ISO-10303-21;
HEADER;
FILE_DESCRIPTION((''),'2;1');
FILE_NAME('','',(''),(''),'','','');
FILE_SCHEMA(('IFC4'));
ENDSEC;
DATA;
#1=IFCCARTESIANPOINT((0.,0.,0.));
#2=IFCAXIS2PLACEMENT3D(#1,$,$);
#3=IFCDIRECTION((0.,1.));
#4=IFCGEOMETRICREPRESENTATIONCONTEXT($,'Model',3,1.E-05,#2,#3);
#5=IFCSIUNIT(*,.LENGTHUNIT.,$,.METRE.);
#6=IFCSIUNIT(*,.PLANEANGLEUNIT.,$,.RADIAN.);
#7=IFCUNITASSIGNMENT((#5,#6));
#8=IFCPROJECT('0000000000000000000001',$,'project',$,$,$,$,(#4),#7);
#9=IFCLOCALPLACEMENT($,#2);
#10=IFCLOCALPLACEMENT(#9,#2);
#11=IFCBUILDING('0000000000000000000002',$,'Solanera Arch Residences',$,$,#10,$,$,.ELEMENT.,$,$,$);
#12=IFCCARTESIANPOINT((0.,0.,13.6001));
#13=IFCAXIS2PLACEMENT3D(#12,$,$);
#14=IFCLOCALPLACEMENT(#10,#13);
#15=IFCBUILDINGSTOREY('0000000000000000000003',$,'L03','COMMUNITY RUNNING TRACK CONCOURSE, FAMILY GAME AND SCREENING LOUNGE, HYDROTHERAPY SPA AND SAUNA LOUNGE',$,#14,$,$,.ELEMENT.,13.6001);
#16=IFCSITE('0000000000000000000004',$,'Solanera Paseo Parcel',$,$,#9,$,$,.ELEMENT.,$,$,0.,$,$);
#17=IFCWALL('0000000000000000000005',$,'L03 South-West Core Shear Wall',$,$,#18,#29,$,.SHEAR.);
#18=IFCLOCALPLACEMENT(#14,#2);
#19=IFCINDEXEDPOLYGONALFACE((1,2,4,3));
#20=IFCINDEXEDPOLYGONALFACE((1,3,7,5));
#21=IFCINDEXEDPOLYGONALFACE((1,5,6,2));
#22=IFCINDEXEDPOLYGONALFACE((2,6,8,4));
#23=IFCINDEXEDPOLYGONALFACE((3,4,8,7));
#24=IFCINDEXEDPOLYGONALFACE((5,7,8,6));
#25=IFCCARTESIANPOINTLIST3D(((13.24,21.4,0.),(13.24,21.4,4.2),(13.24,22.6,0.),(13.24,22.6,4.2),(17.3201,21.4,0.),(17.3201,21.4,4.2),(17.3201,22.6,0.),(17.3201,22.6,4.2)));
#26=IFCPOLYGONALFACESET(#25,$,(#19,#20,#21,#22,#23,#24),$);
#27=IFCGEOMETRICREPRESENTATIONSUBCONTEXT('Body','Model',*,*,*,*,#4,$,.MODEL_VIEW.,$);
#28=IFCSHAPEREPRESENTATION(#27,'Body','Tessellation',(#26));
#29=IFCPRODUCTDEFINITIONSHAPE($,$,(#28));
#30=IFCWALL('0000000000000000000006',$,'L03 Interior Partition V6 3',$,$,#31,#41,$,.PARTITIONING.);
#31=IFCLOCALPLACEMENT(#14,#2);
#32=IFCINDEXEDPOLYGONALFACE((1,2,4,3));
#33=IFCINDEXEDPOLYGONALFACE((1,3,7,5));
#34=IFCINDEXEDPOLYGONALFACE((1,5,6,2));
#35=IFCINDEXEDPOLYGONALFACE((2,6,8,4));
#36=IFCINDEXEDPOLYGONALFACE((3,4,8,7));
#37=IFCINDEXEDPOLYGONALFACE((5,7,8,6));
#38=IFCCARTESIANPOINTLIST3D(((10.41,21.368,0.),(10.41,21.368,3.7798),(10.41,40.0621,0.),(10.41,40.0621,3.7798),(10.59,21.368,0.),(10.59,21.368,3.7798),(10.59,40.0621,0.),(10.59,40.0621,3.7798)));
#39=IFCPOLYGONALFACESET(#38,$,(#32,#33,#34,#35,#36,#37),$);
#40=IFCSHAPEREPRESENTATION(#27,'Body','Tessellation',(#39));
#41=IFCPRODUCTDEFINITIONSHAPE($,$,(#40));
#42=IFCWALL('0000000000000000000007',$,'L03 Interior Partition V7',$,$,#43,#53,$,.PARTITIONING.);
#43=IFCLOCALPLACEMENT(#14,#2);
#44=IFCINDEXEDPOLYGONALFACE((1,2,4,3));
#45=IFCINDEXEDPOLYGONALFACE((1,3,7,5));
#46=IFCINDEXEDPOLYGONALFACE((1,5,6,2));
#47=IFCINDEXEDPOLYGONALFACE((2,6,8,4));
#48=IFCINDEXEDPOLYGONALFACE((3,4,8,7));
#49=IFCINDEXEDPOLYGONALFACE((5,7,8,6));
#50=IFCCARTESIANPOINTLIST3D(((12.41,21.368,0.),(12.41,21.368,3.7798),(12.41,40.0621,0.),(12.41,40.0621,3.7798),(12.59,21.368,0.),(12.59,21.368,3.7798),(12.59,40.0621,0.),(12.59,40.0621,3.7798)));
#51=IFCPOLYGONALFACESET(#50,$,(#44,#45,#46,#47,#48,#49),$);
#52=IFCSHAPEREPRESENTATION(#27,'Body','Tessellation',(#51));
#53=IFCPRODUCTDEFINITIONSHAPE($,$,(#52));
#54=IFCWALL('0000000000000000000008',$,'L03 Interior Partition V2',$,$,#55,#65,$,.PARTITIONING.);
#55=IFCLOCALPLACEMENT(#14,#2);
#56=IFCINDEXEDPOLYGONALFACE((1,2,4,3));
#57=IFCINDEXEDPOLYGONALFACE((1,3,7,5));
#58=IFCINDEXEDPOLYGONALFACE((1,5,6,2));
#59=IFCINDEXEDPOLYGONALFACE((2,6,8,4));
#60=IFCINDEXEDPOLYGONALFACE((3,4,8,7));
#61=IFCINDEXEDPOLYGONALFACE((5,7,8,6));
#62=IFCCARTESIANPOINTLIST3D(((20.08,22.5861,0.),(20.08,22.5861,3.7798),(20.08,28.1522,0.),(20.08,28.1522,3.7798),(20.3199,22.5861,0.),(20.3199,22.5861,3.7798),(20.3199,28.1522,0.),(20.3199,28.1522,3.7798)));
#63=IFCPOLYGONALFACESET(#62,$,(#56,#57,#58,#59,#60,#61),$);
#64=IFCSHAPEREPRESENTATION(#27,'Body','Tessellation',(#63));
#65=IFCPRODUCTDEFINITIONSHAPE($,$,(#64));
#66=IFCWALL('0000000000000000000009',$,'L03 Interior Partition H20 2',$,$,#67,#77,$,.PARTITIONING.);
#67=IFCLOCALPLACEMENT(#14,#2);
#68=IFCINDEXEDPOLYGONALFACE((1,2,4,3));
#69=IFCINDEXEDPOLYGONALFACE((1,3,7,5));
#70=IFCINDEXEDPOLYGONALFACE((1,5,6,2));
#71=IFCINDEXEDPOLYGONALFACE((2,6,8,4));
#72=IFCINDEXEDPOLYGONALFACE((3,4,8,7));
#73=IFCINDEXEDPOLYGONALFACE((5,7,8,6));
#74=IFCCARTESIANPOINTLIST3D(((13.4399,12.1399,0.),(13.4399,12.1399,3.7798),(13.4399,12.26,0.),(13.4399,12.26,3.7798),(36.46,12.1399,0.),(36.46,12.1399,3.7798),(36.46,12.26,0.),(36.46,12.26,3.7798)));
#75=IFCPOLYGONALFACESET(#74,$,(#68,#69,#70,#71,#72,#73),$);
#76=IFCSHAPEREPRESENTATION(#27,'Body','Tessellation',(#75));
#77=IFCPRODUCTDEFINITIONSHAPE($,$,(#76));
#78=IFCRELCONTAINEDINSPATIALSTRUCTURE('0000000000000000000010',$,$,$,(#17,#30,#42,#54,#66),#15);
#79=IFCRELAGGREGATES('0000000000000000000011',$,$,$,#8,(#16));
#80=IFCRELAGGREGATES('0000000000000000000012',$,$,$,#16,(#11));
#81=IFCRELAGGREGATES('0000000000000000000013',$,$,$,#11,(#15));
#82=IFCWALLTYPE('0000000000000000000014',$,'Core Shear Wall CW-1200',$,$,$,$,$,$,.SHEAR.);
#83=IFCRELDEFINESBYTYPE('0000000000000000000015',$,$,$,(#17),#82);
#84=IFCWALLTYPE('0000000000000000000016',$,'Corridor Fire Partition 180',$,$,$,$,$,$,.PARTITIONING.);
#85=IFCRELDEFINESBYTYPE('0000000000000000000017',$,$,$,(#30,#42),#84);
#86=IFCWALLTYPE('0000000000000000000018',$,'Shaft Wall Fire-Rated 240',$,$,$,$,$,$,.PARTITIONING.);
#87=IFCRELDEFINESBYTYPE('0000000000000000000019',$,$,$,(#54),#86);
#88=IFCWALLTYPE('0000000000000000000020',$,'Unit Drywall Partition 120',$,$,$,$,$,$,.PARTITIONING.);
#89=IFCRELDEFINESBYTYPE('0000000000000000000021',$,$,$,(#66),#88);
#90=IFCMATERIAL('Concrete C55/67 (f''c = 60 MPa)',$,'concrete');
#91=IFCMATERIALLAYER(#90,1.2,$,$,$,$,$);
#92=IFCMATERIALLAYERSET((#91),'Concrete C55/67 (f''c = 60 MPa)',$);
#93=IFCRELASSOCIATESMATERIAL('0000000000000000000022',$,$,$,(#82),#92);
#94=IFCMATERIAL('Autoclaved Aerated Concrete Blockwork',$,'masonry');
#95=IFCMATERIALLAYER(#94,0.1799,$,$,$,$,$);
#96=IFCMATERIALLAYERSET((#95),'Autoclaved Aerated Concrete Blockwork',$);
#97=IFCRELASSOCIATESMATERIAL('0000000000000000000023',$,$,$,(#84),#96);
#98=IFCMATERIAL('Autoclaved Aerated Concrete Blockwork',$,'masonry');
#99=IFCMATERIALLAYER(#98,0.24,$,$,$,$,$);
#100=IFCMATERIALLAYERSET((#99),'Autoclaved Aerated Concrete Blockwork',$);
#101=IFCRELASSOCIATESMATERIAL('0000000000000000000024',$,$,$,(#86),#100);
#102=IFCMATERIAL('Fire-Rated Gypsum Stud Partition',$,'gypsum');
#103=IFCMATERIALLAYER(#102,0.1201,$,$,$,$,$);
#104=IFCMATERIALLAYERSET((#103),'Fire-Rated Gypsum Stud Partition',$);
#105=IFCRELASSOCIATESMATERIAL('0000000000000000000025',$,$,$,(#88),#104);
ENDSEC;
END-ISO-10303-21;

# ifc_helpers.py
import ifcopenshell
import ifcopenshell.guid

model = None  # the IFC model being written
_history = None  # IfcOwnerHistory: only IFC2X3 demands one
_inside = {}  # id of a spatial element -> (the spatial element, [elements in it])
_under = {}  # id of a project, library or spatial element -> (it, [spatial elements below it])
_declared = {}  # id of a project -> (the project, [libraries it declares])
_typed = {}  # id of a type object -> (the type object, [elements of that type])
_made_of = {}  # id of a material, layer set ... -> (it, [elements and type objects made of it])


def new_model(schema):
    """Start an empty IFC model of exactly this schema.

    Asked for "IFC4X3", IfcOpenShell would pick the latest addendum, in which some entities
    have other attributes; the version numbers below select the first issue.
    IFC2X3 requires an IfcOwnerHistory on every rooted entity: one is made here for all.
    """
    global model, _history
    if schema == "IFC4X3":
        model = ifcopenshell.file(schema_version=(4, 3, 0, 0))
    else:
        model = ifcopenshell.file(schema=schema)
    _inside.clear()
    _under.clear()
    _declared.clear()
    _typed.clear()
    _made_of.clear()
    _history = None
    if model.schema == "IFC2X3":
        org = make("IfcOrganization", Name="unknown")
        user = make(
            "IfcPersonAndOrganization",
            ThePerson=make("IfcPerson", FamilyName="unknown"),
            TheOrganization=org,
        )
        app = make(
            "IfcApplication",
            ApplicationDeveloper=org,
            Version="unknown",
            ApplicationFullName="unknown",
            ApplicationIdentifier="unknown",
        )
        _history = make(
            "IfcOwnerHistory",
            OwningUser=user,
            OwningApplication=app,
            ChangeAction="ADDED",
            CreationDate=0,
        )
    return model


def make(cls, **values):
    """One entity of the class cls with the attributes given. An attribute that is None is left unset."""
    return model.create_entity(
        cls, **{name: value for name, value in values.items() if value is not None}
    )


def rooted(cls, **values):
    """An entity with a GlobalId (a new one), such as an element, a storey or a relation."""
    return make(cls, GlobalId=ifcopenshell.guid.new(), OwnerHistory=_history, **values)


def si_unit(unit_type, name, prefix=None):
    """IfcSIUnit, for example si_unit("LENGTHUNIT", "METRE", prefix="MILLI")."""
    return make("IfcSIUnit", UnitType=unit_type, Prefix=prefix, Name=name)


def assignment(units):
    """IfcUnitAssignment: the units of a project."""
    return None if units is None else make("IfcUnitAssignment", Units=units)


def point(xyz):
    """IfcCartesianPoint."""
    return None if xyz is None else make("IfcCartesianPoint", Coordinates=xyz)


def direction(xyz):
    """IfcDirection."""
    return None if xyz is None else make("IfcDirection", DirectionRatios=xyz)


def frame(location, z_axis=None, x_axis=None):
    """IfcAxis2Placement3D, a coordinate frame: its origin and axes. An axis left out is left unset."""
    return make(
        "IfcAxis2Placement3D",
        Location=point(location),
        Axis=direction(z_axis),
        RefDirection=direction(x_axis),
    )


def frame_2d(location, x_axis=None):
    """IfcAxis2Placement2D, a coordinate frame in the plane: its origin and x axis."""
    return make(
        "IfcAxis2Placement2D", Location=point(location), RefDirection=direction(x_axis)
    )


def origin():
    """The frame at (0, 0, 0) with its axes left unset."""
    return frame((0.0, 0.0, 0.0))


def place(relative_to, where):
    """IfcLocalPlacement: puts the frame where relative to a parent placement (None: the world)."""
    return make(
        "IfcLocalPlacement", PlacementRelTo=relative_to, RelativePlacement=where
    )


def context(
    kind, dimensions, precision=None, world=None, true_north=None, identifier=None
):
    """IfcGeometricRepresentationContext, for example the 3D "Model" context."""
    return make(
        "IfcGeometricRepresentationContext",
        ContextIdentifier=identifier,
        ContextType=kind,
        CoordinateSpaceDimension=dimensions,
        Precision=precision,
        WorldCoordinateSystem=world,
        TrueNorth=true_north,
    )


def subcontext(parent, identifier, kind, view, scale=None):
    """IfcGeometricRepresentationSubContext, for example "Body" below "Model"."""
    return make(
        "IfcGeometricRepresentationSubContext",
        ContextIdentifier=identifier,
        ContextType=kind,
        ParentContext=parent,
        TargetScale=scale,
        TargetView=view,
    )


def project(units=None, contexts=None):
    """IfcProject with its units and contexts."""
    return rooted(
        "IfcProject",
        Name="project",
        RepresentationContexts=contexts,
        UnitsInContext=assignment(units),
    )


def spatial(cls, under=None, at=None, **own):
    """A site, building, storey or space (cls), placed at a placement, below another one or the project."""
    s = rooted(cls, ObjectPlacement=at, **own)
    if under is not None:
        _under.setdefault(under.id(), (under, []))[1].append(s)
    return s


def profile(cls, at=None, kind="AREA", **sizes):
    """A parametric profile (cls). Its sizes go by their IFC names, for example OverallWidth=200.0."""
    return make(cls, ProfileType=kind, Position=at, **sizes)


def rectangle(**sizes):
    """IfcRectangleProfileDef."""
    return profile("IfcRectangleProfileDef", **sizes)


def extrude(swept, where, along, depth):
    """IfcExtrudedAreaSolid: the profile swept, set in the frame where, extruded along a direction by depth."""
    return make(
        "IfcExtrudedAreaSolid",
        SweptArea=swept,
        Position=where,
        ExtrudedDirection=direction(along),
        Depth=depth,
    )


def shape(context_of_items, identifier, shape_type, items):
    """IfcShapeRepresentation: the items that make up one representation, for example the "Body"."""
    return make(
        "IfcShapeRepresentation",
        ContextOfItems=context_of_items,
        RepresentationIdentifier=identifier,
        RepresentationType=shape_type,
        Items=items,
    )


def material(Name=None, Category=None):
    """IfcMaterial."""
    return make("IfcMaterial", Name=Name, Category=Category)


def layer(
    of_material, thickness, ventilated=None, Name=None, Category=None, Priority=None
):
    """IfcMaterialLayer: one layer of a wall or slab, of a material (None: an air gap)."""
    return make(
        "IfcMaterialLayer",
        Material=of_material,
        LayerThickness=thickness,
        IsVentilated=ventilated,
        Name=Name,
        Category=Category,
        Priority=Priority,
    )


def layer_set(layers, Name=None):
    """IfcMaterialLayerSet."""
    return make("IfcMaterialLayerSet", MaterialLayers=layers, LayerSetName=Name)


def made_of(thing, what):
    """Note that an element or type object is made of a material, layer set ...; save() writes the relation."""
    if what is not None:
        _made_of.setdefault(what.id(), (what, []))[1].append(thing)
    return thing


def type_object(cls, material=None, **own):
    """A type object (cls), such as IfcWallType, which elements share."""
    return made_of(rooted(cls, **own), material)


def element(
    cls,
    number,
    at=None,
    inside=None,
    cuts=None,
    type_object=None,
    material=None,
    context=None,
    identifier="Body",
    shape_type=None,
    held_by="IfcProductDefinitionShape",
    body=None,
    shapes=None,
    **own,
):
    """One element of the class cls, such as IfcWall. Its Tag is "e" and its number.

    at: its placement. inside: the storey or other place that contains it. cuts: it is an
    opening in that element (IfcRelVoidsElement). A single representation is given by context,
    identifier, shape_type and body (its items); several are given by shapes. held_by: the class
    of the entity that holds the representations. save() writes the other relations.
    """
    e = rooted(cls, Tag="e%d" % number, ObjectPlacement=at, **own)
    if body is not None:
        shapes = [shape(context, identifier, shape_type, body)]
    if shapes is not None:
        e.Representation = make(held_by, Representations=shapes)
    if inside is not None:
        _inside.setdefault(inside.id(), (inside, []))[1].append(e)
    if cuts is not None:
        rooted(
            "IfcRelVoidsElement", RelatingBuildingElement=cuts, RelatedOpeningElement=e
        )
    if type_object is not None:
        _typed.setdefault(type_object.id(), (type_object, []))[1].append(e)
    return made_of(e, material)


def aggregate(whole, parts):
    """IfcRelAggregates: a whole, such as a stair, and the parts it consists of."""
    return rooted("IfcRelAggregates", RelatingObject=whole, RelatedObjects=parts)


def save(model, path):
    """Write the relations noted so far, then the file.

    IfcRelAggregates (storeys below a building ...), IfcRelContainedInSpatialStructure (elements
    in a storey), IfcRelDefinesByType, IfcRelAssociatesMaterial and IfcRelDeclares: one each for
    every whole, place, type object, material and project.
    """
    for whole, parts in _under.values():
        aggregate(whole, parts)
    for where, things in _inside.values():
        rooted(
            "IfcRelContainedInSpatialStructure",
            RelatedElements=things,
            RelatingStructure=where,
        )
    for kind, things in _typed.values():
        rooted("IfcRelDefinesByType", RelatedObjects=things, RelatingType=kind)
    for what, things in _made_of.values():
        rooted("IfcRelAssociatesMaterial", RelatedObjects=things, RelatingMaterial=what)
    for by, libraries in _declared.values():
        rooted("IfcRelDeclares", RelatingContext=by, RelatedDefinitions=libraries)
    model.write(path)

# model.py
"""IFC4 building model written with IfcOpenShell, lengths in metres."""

from ifc_helpers import new_model, si_unit, direction, frame, frame_2d, origin, place, context, subcontext, project, spatial, rectangle, extrude, material, layer, layer_set, type_object, element, save


model = new_model("IFC4")

# Units and contexts
model_context = context("Model", 3, precision=1e-05, world=origin(), true_north=direction((0.0, 1.0)))
body_context = subcontext(model_context, "Body", "Model", "MODEL_VIEW")
ifc_project = project(units=[si_unit("LENGTHUNIT", "METRE"), si_unit("PLANEANGLEUNIT", "RADIAN")], contexts=[model_context])

# Site, building, storey
site_placement = place(None, origin())
site = spatial("IfcSite", under=ifc_project, at=site_placement, Name="Solanera Paseo Parcel", CompositionType="ELEMENT", RefElevation=0.0)
building_placement = place(site_placement, origin())
building = spatial("IfcBuilding", under=site, at=building_placement, Name="Solanera Arch Residences", CompositionType="ELEMENT")
storey_placement = place(building_placement, frame((0.0, 0.0, 13.6001)))
storey = spatial("IfcBuildingStorey", under=building, at=storey_placement, Name="L03", Description="COMMUNITY RUNNING TRACK CONCOURSE, FAMILY GAME AND SCREENING LOUNGE, HYDROTHERAPY SPA AND SAUNA LOUNGE", CompositionType="ELEMENT", Elevation=13.6001)

# Wall
ifc_material_1 = material(Name="Concrete C55/67 (f'c = 60 MPa)", Category="concrete")
ifc_layer_1 = layer(ifc_material_1, 1.2)
ifc_layer_set_1 = layer_set([ifc_layer_1], Name="Concrete C55/67 (f'c = 60 MPa)")
wall_type_1 = type_object("IfcWallType", Name="Core Shear Wall CW-1200", PredefinedType="SHEAR", material=ifc_layer_set_1)
wall_1_placement = place(storey_placement, frame((13.24, 22.0, 0.0), z_axis=(0.0, 0.0, 1.0), x_axis=(1.0, 0.0, 0.0)))
element("IfcWall", 1, at=wall_1_placement, inside=storey, type_object=wall_type_1, Name="L03 South-West Core Shear Wall", PredefinedType="SHEAR", context=body_context, shape_type="SweptSolid", body=[
    extrude(rectangle(XDim=4.0801, YDim=1.2, at=frame_2d((2.04, 0.0))), origin(), (0.0, 0.0, 1.0), 4.2),
])

# Walls
ifc_material_2 = material(Name="Autoclaved Aerated Concrete Blockwork", Category="masonry")
ifc_layer_2 = layer(ifc_material_2, 0.1799)
ifc_layer_set_2 = layer_set([ifc_layer_2], Name="Autoclaved Aerated Concrete Blockwork")
wall_type_2 = type_object("IfcWallType", Name="Corridor Fire Partition 180", PredefinedType="PARTITIONING", material=ifc_layer_set_2)
for number, where, z_axis, x_axis, name in (
    (2, (10.5, 21.3679, 0.0), (0.0, 0.0, 1.0), (0.0, 1.0, 0.0), "L03 Interior Partition V6 3"),
    (3, (12.5, 21.3679, 0.0), (0.0, 0.0, 1.0), (0.0, 1.0, 0.0), "L03 Interior Partition V7"),
):
    element("IfcWall", number, at=place(storey_placement, frame(where, z_axis=z_axis, x_axis=x_axis)), inside=storey, type_object=wall_type_2, Name=name, PredefinedType="PARTITIONING", context=body_context, shape_type="SweptSolid", body=[
        extrude(rectangle(XDim=18.6941, YDim=0.1799, at=frame_2d((9.3472, 0.0))), origin(), (0.0, 0.0, 1.0), 3.7798),
    ])
ifc_material_3 = material(Name="Autoclaved Aerated Concrete Blockwork", Category="masonry")
ifc_layer_3 = layer(ifc_material_3, 0.24)
ifc_layer_set_3 = layer_set([ifc_layer_3], Name="Autoclaved Aerated Concrete Blockwork")
wall_type_3 = type_object("IfcWallType", Name="Shaft Wall Fire-Rated 240", PredefinedType="PARTITIONING", material=ifc_layer_set_3)
wall_2_placement = place(storey_placement, frame((20.2, 22.5859, 0.0), z_axis=(0.0, 0.0, 1.0), x_axis=(0.0, 1.0, 0.0)))
element("IfcWall", 4, at=wall_2_placement, inside=storey, type_object=wall_type_3, Name="L03 Interior Partition V2", PredefinedType="PARTITIONING", context=body_context, shape_type="SweptSolid", body=[
    extrude(rectangle(XDim=5.5662, YDim=0.24, at=frame_2d((2.7832, 0.0))), origin(), (0.0, 0.0, 1.0), 3.7798),
])
ifc_material_4 = material(Name="Fire-Rated Gypsum Stud Partition", Category="gypsum")
ifc_layer_4 = layer(ifc_material_4, 0.1201)
ifc_layer_set_4 = layer_set([ifc_layer_4], Name="Fire-Rated Gypsum Stud Partition")
wall_type_4 = type_object("IfcWallType", Name="Unit Drywall Partition 120", PredefinedType="PARTITIONING", material=ifc_layer_set_4)
wall_3_placement = place(storey_placement, frame((13.4399, 12.2, 0.0), z_axis=(0.0, 0.0, 1.0), x_axis=(1.0, 0.0, 0.0)))
element("IfcWall", 5, at=wall_3_placement, inside=storey, type_object=wall_type_4, Name="L03 Interior Partition H20 2", PredefinedType="PARTITIONING", context=body_context, shape_type="SweptSolid", body=[
    extrude(rectangle(XDim=23.02, YDim=0.1201, at=frame_2d((11.51, 0.0))), origin(), (0.0, 0.0, 1.0), 3.7798),
])

save(model, "model.ifc")
